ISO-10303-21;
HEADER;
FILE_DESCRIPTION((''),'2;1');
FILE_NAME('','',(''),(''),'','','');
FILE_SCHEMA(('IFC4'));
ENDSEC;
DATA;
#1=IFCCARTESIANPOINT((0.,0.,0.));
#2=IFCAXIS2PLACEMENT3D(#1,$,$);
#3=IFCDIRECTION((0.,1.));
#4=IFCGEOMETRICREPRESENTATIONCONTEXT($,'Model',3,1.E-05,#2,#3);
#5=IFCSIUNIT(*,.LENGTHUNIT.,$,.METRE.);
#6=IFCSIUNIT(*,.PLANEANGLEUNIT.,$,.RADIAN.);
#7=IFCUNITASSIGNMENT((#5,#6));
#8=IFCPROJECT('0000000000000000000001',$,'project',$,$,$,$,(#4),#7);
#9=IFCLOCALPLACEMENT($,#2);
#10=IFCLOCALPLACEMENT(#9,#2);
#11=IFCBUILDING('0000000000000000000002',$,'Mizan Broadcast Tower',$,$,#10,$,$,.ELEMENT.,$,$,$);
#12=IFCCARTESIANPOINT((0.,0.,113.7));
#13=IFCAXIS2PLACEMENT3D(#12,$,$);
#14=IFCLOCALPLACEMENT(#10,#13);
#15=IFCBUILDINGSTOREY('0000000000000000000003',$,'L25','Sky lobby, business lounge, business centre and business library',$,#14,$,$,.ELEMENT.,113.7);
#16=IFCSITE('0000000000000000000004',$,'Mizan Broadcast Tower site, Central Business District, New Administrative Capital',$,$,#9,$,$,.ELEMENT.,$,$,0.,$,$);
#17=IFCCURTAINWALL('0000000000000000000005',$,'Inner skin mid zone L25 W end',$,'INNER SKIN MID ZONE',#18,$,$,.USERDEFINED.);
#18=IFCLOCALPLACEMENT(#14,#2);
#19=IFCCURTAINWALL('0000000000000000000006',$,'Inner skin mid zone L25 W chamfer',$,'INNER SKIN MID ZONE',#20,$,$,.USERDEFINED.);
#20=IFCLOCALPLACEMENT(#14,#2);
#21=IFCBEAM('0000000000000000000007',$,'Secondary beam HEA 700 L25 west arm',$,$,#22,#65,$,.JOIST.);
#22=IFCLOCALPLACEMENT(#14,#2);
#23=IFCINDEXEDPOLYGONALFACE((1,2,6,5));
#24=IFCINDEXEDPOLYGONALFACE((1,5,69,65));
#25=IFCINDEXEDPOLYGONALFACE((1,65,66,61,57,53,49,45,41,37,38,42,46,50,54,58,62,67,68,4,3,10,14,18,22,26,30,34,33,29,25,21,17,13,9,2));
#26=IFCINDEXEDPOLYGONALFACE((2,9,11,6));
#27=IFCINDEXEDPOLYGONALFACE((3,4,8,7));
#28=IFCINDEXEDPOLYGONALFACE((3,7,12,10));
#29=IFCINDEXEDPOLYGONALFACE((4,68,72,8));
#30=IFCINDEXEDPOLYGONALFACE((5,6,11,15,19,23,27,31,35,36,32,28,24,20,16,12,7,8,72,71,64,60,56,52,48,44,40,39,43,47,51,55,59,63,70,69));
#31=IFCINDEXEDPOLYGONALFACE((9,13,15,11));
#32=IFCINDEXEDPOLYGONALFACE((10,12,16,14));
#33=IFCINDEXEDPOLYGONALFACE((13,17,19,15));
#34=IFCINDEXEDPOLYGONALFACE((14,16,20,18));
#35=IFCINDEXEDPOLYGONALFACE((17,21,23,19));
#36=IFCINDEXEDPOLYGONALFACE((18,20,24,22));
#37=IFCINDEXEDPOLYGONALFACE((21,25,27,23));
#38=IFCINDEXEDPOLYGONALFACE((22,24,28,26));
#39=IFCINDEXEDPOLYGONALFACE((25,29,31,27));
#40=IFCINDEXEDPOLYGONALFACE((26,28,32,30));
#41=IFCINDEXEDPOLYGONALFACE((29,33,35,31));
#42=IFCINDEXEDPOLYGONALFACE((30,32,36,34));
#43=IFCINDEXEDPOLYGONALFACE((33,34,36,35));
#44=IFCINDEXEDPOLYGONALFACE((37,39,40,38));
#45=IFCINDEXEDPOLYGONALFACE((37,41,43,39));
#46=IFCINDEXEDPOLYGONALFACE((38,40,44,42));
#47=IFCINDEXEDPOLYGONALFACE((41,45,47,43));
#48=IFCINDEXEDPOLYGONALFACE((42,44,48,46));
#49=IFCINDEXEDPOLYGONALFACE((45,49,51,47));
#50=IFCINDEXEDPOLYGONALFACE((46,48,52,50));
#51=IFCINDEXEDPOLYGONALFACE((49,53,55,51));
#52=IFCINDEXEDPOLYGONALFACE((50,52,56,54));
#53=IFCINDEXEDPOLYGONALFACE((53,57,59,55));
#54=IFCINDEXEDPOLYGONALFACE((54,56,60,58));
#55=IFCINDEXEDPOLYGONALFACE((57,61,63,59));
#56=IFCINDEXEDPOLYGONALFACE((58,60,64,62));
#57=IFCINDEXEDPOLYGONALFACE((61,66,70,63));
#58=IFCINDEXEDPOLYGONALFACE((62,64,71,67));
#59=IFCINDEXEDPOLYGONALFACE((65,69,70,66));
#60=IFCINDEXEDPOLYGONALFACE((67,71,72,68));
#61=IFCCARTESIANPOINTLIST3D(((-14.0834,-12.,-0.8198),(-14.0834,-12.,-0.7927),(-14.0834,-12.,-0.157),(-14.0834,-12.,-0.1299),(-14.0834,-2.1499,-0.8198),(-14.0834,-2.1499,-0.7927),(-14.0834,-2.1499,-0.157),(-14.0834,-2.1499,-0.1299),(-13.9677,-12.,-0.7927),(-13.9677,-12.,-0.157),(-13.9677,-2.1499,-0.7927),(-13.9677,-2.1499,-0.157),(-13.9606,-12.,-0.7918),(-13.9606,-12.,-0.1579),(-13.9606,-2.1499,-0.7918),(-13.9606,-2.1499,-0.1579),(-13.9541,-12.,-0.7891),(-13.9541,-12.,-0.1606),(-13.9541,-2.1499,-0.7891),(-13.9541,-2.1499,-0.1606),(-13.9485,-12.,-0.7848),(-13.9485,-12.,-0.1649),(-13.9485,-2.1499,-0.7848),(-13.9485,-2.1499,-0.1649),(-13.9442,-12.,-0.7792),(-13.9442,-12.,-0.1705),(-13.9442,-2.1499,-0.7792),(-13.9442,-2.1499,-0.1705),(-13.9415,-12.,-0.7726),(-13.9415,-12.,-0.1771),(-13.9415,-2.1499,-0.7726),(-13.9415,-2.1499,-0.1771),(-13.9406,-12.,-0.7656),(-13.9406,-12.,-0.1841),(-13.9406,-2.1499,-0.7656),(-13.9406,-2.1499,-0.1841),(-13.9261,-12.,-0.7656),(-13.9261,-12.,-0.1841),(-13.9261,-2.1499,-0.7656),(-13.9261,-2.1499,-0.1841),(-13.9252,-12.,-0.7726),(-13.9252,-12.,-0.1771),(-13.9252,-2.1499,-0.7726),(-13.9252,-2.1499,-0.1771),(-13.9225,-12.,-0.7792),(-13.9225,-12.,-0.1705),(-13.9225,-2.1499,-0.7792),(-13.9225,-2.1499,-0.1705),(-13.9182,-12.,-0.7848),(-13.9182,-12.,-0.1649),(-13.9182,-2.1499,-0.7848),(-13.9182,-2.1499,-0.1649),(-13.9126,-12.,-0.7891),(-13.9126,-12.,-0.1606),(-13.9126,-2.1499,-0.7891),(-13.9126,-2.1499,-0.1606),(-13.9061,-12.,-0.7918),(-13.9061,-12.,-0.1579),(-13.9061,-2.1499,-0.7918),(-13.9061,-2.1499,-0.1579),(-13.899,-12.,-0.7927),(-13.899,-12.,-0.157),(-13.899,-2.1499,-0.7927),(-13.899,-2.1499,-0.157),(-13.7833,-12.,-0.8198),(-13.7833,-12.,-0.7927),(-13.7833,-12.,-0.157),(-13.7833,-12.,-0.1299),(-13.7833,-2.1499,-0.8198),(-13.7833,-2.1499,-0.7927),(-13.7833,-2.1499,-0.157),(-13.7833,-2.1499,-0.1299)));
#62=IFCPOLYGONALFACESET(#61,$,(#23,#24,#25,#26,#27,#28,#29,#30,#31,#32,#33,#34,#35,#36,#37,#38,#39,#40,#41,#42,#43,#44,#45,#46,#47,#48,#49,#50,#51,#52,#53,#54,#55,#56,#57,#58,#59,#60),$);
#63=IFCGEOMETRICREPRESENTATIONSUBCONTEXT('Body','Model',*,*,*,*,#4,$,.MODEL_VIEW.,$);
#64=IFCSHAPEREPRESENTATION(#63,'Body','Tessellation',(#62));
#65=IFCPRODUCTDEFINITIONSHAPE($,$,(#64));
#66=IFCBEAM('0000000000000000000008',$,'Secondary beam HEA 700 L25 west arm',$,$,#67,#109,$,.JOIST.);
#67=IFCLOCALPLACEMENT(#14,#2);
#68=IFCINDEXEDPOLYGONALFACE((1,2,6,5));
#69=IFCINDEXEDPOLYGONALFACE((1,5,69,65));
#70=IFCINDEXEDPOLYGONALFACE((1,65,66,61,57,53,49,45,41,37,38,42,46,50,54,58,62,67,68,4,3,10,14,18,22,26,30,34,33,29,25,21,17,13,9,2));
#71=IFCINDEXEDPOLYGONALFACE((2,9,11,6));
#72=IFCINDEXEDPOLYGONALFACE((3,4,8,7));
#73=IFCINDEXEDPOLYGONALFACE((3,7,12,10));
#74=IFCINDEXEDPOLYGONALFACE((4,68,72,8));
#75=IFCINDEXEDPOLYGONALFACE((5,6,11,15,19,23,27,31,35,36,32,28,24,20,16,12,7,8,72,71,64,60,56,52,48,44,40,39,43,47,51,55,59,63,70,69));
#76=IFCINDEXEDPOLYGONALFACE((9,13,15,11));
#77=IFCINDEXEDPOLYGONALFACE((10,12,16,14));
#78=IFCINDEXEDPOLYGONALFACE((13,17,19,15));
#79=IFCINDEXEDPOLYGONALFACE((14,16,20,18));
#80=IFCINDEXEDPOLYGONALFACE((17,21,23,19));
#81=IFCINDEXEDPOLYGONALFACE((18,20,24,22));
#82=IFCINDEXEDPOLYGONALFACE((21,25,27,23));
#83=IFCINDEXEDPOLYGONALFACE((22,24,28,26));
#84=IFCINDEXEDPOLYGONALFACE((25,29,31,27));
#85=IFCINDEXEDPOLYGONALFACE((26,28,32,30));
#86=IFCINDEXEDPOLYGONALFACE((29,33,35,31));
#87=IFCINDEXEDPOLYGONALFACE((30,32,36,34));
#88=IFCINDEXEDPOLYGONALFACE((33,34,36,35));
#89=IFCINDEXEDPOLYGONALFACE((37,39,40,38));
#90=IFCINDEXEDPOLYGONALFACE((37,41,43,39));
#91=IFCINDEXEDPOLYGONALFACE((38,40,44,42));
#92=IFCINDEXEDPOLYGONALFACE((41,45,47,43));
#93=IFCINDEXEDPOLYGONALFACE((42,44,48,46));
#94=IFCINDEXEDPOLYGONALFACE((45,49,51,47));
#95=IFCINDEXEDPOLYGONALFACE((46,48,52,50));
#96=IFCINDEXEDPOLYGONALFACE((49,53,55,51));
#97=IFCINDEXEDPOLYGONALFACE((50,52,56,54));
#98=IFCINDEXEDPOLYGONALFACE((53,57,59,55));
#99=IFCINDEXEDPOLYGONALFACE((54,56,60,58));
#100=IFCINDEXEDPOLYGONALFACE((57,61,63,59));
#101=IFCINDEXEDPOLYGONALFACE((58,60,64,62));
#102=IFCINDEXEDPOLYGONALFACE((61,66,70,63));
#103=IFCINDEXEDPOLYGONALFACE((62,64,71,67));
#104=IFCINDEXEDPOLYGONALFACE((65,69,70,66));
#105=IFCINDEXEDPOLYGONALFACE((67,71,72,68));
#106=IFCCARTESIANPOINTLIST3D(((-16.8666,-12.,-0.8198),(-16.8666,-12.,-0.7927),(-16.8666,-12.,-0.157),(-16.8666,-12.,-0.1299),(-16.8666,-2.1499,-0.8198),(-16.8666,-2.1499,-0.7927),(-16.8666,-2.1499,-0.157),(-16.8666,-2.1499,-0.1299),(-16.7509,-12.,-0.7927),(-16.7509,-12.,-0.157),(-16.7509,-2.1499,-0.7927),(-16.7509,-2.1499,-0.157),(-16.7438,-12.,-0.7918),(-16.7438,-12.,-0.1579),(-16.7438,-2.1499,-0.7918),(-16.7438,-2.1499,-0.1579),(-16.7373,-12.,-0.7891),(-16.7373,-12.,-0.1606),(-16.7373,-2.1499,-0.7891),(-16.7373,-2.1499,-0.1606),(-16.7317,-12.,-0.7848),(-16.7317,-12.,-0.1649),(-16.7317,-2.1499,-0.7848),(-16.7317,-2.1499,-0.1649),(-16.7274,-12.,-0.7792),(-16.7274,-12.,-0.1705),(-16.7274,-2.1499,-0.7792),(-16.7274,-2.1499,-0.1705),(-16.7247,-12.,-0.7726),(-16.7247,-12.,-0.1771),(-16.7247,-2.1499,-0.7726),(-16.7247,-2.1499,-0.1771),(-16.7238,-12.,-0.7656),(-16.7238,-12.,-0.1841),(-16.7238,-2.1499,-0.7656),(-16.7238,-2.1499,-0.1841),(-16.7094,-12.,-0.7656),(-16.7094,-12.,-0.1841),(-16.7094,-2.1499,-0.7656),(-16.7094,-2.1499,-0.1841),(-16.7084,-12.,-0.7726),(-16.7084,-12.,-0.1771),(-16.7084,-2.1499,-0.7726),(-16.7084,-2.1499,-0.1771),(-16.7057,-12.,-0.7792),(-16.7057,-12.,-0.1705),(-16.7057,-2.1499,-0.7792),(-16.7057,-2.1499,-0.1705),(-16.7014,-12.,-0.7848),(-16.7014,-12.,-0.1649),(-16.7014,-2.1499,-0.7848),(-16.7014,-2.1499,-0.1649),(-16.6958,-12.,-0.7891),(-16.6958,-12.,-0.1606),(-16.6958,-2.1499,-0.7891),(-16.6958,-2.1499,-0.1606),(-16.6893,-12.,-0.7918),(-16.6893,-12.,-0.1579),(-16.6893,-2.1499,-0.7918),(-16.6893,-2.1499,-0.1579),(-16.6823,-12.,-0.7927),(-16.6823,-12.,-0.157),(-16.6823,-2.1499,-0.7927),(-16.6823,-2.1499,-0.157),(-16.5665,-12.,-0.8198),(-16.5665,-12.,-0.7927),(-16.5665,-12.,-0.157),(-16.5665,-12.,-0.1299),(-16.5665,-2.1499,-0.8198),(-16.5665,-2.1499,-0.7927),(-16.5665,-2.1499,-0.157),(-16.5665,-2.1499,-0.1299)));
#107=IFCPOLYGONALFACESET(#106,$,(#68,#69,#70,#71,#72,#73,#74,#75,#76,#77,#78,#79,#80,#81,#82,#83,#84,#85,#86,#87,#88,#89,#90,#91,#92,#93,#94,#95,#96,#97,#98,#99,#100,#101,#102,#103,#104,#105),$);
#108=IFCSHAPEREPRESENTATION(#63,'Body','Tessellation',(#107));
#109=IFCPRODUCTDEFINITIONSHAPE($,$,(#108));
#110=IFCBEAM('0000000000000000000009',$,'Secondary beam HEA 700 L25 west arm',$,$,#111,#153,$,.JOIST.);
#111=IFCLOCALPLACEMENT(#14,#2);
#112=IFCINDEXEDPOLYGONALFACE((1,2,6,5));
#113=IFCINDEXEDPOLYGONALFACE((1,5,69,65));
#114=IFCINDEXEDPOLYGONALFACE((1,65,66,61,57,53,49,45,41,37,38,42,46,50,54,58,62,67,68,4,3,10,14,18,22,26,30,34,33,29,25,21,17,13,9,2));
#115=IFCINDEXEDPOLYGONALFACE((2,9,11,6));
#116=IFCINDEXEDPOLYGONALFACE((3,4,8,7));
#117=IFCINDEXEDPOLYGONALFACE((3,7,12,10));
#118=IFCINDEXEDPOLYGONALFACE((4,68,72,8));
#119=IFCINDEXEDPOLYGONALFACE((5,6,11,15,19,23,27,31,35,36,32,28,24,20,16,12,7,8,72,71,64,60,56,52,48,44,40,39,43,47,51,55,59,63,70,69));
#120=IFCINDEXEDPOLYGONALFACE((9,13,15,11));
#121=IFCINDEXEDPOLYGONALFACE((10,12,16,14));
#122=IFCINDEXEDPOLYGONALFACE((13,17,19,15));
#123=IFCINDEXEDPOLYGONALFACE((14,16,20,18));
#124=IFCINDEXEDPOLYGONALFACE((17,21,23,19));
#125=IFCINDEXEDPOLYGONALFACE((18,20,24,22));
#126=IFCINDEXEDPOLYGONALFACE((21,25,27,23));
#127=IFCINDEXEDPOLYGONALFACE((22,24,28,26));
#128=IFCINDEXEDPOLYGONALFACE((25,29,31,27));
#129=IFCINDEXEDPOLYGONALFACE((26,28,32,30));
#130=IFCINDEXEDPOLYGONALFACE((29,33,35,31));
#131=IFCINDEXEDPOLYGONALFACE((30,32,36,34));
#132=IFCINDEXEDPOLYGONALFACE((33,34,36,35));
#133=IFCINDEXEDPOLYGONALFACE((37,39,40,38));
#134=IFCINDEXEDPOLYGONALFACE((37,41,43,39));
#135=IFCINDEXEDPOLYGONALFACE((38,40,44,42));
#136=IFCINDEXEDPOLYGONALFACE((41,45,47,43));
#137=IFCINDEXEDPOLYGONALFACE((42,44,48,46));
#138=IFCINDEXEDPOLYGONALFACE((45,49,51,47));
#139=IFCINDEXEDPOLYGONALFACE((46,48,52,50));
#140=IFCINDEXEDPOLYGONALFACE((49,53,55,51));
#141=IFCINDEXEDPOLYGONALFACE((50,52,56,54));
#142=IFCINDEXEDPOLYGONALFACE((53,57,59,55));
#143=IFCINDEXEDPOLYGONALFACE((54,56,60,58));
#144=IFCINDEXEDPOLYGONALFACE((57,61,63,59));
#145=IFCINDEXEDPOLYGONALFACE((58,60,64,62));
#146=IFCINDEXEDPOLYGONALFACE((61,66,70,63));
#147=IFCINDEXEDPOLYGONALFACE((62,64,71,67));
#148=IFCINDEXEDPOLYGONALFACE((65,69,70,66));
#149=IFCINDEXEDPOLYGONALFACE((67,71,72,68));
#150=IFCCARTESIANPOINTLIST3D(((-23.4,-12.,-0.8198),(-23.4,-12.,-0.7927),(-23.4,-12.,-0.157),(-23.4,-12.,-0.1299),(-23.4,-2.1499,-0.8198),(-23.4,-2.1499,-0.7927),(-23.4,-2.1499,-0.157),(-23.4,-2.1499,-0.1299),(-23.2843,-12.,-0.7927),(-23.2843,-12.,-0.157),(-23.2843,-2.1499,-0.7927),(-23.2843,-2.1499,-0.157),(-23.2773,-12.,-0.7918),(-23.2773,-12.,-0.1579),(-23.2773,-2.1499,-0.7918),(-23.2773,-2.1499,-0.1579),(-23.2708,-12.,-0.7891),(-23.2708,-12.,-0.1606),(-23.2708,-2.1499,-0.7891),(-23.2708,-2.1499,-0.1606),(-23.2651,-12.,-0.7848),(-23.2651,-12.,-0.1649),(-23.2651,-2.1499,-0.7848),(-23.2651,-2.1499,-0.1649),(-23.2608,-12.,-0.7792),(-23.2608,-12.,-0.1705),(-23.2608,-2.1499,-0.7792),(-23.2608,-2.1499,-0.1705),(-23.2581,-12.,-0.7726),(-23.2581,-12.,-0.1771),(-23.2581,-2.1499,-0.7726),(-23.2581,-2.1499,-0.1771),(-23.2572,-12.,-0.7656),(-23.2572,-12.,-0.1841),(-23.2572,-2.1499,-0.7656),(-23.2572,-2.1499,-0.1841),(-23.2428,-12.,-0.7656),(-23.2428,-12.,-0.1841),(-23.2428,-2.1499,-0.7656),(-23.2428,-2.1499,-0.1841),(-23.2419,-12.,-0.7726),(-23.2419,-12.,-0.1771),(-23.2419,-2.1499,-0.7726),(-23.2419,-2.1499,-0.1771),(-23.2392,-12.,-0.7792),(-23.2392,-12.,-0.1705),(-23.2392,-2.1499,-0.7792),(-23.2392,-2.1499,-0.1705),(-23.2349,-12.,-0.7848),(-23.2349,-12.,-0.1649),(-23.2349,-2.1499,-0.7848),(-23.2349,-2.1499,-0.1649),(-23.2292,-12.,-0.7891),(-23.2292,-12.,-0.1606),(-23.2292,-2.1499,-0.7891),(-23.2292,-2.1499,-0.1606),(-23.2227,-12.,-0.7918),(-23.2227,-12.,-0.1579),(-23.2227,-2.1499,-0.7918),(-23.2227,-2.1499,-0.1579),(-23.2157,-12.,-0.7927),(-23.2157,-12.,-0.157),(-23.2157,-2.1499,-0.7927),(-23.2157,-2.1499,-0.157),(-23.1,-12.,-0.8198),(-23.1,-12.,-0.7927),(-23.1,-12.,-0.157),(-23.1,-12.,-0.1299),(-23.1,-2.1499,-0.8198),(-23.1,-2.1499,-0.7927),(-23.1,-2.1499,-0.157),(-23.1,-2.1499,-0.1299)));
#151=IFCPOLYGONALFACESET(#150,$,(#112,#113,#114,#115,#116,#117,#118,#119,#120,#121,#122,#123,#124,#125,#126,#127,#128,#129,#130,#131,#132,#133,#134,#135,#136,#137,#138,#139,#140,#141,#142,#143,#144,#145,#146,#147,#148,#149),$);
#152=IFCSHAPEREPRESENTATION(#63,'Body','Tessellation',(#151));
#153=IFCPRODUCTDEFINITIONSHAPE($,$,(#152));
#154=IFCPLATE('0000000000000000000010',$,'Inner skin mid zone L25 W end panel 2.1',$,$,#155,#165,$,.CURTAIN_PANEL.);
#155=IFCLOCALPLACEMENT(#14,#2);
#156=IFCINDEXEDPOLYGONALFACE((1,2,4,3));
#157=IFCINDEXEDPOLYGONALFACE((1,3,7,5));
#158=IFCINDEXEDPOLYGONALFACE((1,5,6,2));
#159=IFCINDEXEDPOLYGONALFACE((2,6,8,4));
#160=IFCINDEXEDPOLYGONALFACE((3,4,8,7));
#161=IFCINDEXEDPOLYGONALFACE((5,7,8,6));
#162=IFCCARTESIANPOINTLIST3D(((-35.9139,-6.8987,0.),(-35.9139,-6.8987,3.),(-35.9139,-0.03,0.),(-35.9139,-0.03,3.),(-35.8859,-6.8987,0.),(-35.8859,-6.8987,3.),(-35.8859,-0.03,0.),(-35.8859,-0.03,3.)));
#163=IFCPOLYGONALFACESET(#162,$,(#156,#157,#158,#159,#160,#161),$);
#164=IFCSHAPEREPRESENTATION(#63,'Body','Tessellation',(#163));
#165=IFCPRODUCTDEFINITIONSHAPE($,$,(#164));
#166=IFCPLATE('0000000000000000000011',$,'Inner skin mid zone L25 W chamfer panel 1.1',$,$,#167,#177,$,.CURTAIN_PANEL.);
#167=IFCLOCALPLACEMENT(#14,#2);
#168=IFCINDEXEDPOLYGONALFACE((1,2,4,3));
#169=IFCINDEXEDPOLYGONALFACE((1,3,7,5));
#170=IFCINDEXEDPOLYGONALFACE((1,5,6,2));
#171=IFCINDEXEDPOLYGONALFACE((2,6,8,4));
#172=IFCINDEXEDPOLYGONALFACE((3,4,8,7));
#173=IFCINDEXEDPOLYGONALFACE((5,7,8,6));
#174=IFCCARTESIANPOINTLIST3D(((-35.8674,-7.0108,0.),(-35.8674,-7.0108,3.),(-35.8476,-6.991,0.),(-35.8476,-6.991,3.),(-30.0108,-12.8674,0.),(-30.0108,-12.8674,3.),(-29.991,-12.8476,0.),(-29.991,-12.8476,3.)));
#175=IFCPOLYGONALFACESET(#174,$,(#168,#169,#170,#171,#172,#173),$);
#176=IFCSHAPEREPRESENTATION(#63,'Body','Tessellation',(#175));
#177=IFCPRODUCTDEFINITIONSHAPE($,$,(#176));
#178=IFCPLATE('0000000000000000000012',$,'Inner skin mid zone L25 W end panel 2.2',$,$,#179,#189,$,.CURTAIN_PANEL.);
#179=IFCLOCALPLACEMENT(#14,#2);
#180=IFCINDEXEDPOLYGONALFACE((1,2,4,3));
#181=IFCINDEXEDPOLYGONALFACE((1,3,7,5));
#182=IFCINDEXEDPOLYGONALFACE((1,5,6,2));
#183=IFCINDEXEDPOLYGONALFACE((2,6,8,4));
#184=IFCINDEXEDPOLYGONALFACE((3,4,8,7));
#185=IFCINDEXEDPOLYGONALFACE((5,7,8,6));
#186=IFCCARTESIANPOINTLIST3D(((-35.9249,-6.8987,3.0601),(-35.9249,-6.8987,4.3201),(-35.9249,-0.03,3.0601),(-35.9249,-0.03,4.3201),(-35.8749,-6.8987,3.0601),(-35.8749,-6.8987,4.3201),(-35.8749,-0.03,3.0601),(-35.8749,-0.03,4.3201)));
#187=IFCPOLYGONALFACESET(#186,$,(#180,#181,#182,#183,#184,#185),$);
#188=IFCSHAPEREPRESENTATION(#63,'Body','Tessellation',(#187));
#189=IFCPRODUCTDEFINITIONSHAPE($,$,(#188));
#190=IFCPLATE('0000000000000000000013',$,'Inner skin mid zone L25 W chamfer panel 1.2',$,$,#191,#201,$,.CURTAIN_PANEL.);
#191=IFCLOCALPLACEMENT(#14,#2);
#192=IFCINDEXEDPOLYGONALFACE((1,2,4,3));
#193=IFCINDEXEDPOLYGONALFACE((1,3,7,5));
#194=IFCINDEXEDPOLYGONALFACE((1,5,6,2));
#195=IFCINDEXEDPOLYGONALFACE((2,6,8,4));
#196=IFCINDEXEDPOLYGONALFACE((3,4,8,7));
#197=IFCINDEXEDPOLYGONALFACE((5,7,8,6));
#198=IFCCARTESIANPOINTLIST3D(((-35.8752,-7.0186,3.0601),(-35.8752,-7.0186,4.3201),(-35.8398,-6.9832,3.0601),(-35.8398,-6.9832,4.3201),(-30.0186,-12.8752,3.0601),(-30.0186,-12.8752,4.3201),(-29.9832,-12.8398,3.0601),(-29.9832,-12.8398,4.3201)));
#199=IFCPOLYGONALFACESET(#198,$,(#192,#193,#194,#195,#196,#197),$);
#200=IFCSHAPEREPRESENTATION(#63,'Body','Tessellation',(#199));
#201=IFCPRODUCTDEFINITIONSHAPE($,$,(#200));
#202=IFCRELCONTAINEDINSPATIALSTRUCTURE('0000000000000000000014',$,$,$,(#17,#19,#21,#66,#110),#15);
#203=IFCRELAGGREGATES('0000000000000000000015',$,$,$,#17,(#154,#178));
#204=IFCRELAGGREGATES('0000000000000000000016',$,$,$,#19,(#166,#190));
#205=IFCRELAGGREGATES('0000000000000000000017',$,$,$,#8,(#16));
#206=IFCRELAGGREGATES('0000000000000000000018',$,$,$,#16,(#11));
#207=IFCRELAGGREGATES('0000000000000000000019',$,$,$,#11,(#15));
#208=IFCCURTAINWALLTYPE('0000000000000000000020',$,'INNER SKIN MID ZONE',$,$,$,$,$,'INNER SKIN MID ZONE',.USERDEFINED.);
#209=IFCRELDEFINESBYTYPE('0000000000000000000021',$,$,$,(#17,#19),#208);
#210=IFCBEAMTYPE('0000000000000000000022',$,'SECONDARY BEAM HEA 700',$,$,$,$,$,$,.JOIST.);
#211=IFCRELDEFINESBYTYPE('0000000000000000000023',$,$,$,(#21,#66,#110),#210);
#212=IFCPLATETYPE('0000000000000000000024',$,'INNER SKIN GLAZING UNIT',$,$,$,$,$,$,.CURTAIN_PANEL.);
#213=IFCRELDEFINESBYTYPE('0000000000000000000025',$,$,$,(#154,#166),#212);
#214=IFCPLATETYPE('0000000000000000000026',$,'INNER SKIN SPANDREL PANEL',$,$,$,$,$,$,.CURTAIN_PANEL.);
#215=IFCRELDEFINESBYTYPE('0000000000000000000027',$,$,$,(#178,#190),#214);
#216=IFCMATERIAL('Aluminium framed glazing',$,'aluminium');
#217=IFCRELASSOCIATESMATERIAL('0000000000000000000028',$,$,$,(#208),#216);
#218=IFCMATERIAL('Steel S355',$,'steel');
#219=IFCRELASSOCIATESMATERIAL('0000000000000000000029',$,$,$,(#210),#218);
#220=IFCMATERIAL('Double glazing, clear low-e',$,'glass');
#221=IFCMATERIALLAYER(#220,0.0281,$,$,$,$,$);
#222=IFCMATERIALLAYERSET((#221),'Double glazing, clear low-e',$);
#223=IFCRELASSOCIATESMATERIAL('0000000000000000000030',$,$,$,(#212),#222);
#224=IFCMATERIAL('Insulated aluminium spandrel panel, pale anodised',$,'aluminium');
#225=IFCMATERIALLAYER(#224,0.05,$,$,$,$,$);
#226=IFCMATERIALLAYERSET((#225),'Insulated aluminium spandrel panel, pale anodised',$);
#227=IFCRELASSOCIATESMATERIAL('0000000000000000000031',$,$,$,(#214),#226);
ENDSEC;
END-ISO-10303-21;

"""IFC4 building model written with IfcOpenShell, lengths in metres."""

from ifc_helpers import new_model, si_unit, direction, frame, origin, origin_2d, place, context, subcontext, project, spatial, rectangle, i_section, extrude, material, layer, layer_set, material_profile, profile_set, type_object, element, aggregate, save


model = new_model("IFC4")

# Units and contexts
model_context = context("Model", 3, precision=1e-05, world=origin(), true_north=direction((0.0, 1.0)))
body_context = subcontext(model_context, "Body", "Model", "MODEL_VIEW")
ifc_project = project(units=[si_unit("LENGTHUNIT", "METRE"), si_unit("PLANEANGLEUNIT", "RADIAN")], contexts=[model_context])

# Site, building, storey
site_placement = place(None, origin())
site = spatial("IfcSite", under=ifc_project, at=site_placement, Name="Mizan Broadcast Tower site, Central Business District, New Administrative Capital", CompositionType="ELEMENT", RefElevation=0.0)
building_placement = place(site_placement, origin())
building = spatial("IfcBuilding", under=site, at=building_placement, Name="Mizan Broadcast Tower", CompositionType="ELEMENT")
storey_placement = place(building_placement, frame((0.0, 0.0, 113.7)))
storey = spatial("IfcBuildingStorey", under=building, at=storey_placement, Name="L25", Description="Sky lobby, business lounge, business centre and business library", CompositionType="ELEMENT", Elevation=113.7)

# Curtain wall
ifc_material_1 = material(Name="Aluminium framed glazing", Category="aluminium")
curtain_wall_type_1 = type_object("IfcCurtainWallType", Name="INNER SKIN MID ZONE", ElementType="INNER SKIN MID ZONE", PredefinedType="USERDEFINED", material=ifc_material_1)
curtain_wall_1_placement = place(storey_placement, origin())
curtain_wall_1 = element("IfcCurtainWall", 1, at=curtain_wall_1_placement, inside=storey, type_object=curtain_wall_type_1, Name="Inner skin mid zone L25 W end", ObjectType="INNER SKIN MID ZONE", PredefinedType="USERDEFINED")

# Curtain wall
curtain_wall_2_placement = place(storey_placement, origin())
curtain_wall_2 = element("IfcCurtainWall", 2, at=curtain_wall_2_placement, inside=storey, type_object=curtain_wall_type_1, Name="Inner skin mid zone L25 W chamfer", ObjectType="INNER SKIN MID ZONE", PredefinedType="USERDEFINED")

# Beams
ifc_material_2 = material(Name="Steel S355", Category="steel")
ifc_material_profile_1 = material_profile(ifc_material_2, i_section(OverallWidth=0.3, OverallDepth=0.6899, WebThickness=0.0144, FlangeThickness=0.0271, FilletRadius=0.0271, at=origin_2d()), Name="HEA 700")
ifc_profile_set_1 = profile_set([ifc_material_profile_1], Name="Steel S355")
beam_type_1 = type_object("IfcBeamType", Name="SECONDARY BEAM HEA 700", PredefinedType="JOIST", material=ifc_profile_set_1)
for number, where, z_axis, x_axis, name in (
    (3, (-13.9333, -12.0, -0.4749), (0.0, 1.0, 0.0), (-1.0, 0.0, 0.0), "Secondary beam HEA 700 L25 west arm"),
    (4, (-16.7166, -12.0, -0.4749), (0.0, 1.0, 0.0), (-1.0, 0.0, 0.0), "Secondary beam HEA 700 L25 west arm"),
    (5, (-23.25, -12.0, -0.4749), (0.0, 1.0, 0.0), (-1.0, 0.0, 0.0), "Secondary beam HEA 700 L25 west arm"),
):
    element("IfcBeam", number, at=place(storey_placement, frame(where, z_axis=z_axis, x_axis=x_axis)), inside=storey, type_object=beam_type_1, Name=name, PredefinedType="JOIST", context=body_context, shape_type="SweptSolid", body=[
        extrude(i_section(OverallWidth=0.3, OverallDepth=0.6899, WebThickness=0.0144, FlangeThickness=0.0271, FilletRadius=0.0271, at=origin_2d()), origin(), (0.0, 0.0, 1.0), 9.8501),
    ])

# Plates
ifc_material_3 = material(Name="Double glazing, clear low-e", Category="glass")
ifc_layer_1 = layer(ifc_material_3, 0.0281)
ifc_layer_set_1 = layer_set([ifc_layer_1], Name="Double glazing, clear low-e")
plate_type_1 = type_object("IfcPlateType", Name="INNER SKIN GLAZING UNIT", PredefinedType="CURTAIN_PANEL", material=ifc_layer_set_1)
plate_1_placement = place(storey_placement, frame((-35.8999, -3.4644, 0.0), z_axis=(0.0, 0.0, 1.0), x_axis=(0.0, -1.0, 0.0)))
plate_1 = element("IfcPlate", 6, at=plate_1_placement, type_object=plate_type_1, Name="Inner skin mid zone L25 W end panel 2.1", PredefinedType="CURTAIN_PANEL", context=body_context, shape_type="SweptSolid", body=[
    extrude(rectangle(XDim=6.8687, YDim=0.0281, at=origin_2d()), origin(), (0.0, 0.0, 1.0), 3.0),
])
plate_2_placement = place(storey_placement, frame((-32.9292, -9.9292, 0.0), z_axis=(0.0, 0.0, 1.0), x_axis=(0.707107, -0.707107, 0.0)))
plate_2 = element("IfcPlate", 7, at=plate_2_placement, type_object=plate_type_1, Name="Inner skin mid zone L25 W chamfer panel 1.1", PredefinedType="CURTAIN_PANEL", context=body_context, shape_type="SweptSolid", body=[
    extrude(rectangle(XDim=8.2825, YDim=0.0281, at=origin_2d()), origin(), (0.0, 0.0, 1.0), 3.0),
])
ifc_material_4 = material(Name="Insulated aluminium spandrel panel, pale anodised", Category="aluminium")
ifc_layer_2 = layer(ifc_material_4, 0.05)
ifc_layer_set_2 = layer_set([ifc_layer_2], Name="Insulated aluminium spandrel panel, pale anodised")
plate_type_2 = type_object("IfcPlateType", Name="INNER SKIN SPANDREL PANEL", PredefinedType="CURTAIN_PANEL", material=ifc_layer_set_2)
plate_3_placement = place(storey_placement, frame((-35.8999, -3.4644, 3.0601), z_axis=(0.0, 0.0, 1.0), x_axis=(0.0, -1.0, 0.0)))
plate_3 = element("IfcPlate", 8, at=plate_3_placement, type_object=plate_type_2, Name="Inner skin mid zone L25 W end panel 2.2", PredefinedType="CURTAIN_PANEL", context=body_context, shape_type="SweptSolid", body=[
    extrude(rectangle(XDim=6.8687, YDim=0.05, at=origin_2d()), origin(), (0.0, 0.0, 1.0), 1.26),
])
aggregate(curtain_wall_1, [plate_1, plate_3])
plate_4_placement = place(storey_placement, frame((-32.9292, -9.9292, 3.0601), z_axis=(0.0, 0.0, 1.0), x_axis=(0.707107, -0.707107, 0.0)))
plate_4 = element("IfcPlate", 9, at=plate_4_placement, type_object=plate_type_2, Name="Inner skin mid zone L25 W chamfer panel 1.2", PredefinedType="CURTAIN_PANEL", context=body_context, shape_type="SweptSolid", body=[
    extrude(rectangle(XDim=8.2825, YDim=0.05, at=origin_2d()), origin(), (0.0, 0.0, 1.0), 1.26),
])
aggregate(curtain_wall_2, [plate_2, plate_4])

save(model, "model.ifc")
